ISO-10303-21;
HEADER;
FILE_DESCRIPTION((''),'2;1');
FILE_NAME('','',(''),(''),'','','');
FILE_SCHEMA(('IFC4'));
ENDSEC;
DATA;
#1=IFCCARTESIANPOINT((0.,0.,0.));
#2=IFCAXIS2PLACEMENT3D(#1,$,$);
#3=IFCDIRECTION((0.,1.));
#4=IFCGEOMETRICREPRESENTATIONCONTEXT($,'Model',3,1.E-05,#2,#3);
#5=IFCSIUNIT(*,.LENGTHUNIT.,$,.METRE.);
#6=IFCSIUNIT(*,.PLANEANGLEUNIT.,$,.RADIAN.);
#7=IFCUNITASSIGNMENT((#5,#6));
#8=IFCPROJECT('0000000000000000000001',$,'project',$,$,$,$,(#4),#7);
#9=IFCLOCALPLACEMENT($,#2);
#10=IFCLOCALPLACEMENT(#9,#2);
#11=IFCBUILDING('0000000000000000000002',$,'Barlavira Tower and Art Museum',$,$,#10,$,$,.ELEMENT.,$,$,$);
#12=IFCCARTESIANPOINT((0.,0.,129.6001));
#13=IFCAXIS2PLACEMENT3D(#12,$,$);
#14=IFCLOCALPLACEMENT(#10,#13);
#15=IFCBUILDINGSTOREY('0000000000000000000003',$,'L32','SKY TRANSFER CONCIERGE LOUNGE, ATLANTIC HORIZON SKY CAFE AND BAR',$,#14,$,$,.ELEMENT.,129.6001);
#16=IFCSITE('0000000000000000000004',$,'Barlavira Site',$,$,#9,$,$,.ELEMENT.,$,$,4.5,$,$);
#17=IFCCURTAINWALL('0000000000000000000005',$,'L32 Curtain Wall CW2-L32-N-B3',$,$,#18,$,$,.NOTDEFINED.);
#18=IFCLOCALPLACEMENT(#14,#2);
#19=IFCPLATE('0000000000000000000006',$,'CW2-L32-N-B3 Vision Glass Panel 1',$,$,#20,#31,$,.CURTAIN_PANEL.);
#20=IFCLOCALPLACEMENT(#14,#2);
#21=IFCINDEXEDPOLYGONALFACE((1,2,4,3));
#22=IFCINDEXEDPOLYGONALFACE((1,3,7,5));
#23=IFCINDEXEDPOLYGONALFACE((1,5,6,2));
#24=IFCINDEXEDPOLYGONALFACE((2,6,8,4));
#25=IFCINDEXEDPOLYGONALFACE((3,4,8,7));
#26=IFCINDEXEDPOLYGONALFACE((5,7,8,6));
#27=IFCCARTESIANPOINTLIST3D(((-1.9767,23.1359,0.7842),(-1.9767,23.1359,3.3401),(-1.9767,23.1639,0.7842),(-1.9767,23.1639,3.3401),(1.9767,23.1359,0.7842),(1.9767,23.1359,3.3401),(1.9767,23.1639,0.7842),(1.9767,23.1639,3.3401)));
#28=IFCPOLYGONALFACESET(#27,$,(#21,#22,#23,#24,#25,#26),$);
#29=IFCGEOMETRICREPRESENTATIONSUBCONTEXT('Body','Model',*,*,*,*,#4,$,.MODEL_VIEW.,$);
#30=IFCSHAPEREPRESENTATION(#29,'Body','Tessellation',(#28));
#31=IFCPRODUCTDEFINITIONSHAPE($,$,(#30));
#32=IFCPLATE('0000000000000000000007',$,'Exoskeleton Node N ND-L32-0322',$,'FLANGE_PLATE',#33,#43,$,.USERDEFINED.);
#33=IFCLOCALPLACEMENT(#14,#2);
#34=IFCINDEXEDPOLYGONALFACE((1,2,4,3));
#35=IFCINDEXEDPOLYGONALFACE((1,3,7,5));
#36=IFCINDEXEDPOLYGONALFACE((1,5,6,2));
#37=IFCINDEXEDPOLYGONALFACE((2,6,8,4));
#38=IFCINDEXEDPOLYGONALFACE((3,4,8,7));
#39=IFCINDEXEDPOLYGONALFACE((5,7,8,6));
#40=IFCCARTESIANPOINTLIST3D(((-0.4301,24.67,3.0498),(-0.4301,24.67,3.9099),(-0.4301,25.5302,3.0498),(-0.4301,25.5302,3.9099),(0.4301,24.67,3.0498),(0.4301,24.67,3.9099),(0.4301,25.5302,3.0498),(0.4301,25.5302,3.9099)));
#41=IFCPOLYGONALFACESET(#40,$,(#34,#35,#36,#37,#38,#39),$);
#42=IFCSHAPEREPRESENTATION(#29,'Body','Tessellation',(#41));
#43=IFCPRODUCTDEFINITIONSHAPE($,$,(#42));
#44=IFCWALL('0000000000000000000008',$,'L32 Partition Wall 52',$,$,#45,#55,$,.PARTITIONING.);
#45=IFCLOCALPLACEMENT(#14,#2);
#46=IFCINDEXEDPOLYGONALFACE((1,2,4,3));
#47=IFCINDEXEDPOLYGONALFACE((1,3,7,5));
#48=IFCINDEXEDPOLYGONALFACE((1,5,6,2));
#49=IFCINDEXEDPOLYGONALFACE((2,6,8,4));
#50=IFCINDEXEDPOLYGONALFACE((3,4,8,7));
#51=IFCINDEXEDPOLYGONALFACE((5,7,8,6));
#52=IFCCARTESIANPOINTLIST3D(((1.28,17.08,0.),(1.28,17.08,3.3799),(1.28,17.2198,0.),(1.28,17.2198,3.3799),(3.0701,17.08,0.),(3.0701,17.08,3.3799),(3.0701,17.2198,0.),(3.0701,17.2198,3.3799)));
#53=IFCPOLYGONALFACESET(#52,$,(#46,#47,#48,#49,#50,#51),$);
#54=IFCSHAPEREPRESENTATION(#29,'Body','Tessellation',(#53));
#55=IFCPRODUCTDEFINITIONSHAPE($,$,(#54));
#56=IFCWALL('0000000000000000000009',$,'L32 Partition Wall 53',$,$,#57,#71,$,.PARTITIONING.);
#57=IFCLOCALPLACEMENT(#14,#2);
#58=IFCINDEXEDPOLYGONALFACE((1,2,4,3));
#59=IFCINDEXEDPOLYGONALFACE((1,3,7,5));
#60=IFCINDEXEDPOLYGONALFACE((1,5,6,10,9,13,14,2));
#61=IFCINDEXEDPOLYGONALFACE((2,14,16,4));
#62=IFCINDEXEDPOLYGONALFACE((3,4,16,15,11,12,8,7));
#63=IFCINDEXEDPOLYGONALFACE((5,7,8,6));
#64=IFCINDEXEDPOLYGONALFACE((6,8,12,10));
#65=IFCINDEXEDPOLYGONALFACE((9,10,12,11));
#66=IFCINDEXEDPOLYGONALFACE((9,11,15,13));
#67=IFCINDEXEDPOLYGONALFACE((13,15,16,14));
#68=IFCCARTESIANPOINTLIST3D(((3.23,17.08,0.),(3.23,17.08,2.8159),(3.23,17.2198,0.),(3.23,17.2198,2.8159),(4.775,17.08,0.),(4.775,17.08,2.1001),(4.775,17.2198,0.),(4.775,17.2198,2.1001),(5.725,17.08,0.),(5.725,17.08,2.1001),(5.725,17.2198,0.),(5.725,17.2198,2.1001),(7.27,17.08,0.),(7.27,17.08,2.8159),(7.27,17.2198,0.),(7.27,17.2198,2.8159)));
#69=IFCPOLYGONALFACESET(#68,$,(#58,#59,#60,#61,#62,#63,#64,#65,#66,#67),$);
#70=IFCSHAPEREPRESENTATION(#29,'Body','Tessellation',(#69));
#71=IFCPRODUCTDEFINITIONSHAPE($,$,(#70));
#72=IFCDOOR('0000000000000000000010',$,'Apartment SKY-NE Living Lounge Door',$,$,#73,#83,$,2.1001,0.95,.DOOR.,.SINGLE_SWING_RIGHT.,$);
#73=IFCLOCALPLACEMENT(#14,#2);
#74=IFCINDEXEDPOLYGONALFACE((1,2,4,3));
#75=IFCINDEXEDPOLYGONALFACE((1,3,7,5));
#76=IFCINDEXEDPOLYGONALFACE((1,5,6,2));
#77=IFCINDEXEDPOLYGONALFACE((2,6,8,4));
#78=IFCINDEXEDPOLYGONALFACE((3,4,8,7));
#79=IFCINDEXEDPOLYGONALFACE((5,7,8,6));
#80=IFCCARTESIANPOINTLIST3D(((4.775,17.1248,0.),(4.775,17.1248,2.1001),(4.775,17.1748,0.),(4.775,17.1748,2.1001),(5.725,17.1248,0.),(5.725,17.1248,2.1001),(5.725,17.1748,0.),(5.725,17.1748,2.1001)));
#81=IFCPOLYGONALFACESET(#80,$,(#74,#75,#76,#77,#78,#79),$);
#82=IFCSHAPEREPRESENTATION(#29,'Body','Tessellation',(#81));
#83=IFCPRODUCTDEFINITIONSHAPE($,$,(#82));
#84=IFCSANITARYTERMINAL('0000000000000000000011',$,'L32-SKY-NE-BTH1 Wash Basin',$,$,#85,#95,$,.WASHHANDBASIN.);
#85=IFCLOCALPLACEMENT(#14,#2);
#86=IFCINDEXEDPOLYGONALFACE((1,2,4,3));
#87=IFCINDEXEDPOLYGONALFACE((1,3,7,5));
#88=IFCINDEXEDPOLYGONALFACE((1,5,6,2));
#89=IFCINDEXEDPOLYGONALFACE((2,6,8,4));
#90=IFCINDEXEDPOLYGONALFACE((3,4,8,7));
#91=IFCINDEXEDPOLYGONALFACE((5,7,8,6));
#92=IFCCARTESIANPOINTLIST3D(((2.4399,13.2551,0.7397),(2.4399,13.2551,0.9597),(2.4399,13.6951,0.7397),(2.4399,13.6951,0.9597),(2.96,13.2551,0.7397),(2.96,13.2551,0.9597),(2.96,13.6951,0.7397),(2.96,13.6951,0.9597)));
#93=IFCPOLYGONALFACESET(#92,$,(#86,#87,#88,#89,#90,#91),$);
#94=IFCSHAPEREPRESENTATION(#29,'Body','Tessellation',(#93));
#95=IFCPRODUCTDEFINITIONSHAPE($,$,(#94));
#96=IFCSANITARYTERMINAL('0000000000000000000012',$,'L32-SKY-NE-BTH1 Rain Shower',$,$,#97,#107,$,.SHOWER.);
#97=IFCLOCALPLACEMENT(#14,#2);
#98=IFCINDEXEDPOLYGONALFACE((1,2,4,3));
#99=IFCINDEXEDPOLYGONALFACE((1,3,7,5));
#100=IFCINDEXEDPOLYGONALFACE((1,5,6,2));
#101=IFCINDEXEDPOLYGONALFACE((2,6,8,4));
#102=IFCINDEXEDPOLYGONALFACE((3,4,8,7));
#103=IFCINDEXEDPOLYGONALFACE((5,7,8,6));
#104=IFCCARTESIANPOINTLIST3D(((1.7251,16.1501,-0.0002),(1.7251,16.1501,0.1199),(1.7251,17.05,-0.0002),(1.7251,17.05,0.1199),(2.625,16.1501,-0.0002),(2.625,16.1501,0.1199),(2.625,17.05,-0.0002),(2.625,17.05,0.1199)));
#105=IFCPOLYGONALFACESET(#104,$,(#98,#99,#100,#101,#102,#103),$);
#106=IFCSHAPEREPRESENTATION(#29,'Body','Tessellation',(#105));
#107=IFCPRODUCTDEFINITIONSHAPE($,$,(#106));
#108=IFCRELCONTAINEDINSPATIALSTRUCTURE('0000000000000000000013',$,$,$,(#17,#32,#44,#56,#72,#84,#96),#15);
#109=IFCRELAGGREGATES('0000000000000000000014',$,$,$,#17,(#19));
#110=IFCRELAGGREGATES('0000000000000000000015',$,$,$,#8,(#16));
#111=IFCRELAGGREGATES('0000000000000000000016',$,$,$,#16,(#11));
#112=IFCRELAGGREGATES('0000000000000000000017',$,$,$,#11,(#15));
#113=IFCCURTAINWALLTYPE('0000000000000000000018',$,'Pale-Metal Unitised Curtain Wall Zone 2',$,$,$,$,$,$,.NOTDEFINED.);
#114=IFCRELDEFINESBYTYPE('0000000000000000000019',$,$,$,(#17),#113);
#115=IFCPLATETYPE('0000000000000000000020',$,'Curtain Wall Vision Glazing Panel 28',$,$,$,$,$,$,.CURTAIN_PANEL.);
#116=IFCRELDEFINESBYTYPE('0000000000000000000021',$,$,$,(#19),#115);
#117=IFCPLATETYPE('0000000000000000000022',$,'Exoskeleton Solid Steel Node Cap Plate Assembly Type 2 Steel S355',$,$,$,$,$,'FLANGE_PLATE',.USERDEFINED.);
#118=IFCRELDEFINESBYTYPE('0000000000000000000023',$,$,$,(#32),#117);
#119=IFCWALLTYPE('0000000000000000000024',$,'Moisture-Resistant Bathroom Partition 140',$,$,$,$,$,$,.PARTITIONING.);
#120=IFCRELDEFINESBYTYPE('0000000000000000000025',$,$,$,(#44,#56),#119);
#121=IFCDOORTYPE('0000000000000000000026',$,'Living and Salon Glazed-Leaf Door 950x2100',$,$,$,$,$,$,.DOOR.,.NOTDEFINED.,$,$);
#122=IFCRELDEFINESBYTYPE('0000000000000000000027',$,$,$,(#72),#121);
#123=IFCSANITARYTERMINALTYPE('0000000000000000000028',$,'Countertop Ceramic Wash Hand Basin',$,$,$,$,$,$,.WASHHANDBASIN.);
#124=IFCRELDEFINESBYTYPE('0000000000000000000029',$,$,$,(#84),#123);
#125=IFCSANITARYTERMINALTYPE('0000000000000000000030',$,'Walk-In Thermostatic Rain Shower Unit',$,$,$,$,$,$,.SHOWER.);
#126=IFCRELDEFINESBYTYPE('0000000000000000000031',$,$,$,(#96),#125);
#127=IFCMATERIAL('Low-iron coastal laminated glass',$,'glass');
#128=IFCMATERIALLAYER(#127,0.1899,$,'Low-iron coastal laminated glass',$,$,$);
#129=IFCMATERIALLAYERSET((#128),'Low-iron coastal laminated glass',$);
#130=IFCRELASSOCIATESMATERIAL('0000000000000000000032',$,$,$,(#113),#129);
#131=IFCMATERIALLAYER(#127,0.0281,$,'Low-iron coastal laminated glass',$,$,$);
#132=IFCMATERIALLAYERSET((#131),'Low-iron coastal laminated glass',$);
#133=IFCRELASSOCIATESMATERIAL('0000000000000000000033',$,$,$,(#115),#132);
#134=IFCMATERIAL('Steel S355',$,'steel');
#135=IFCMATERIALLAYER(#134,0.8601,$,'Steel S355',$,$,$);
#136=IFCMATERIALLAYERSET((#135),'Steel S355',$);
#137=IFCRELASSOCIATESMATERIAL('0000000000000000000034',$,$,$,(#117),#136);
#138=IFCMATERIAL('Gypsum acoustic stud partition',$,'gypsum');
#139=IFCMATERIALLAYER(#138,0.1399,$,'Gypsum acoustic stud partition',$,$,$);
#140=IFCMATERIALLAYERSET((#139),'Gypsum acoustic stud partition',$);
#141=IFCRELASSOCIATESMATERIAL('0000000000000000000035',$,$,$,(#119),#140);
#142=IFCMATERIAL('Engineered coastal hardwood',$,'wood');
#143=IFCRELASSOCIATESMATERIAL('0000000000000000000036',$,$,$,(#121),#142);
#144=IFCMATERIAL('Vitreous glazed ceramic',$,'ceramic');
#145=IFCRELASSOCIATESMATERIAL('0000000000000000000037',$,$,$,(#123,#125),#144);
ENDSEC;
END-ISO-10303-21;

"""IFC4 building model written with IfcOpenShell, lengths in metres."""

from ifc_helpers import new_model, si_unit, direction, frame, frame_2d, origin, origin_2d, place, context, subcontext, project, spatial, rectangle, extrude, material, layer, layer_set, type_object, element, fill, aggregate, save


model = new_model("IFC4")

# Units and contexts
model_context = context("Model", 3, precision=1e-05, world=origin(), true_north=direction((0.0, 1.0)))
body_context = subcontext(model_context, "Body", "Model", "MODEL_VIEW")
ifc_project = project(units=[si_unit("LENGTHUNIT", "METRE"), si_unit("PLANEANGLEUNIT", "RADIAN")], contexts=[model_context])

# Site, building, storey
site_placement = place(None, origin())
site = spatial("IfcSite", under=ifc_project, at=site_placement, Name="Barlavira Site", CompositionType="ELEMENT", RefElevation=4.5)
building_placement = place(site_placement, origin())
building = spatial("IfcBuilding", under=site, at=building_placement, Name="Barlavira Tower and Art Museum", CompositionType="ELEMENT")
storey_placement = place(building_placement, frame((0.0, 0.0, 129.6001)))
storey = spatial("IfcBuildingStorey", under=building, at=storey_placement, Name="L32", Description="SKY TRANSFER CONCIERGE LOUNGE, ATLANTIC HORIZON SKY CAFE AND BAR", CompositionType="ELEMENT", Elevation=129.6001)

# Curtain wall
ifc_material_1 = material(Name="Low-iron coastal laminated glass", Category="glass")
ifc_layer_1 = layer(ifc_material_1, 0.1899, Name="Low-iron coastal laminated glass")
ifc_layer_set_1 = layer_set([ifc_layer_1], Name="Low-iron coastal laminated glass")
curtain_wall_type = type_object("IfcCurtainWallType", Name="Pale-Metal Unitised Curtain Wall Zone 2", PredefinedType="NOTDEFINED", material=ifc_layer_set_1)
curtain_wall_placement = place(storey_placement, origin())
curtain_wall = element("IfcCurtainWall", 1, at=curtain_wall_placement, inside=storey, type_object=curtain_wall_type, Name="L32 Curtain Wall CW2-L32-N-B3", PredefinedType="NOTDEFINED")

# Shared definitions
ifc_material_2 = material(Name="Steel S355", Category="steel")

# Plates
ifc_layer_2 = layer(ifc_material_1, 0.0281, Name="Low-iron coastal laminated glass")
ifc_layer_set_2 = layer_set([ifc_layer_2], Name="Low-iron coastal laminated glass")
plate_type_1 = type_object("IfcPlateType", Name="Curtain Wall Vision Glazing Panel 28", PredefinedType="CURTAIN_PANEL", material=ifc_layer_set_2)
plate_1_placement = place(storey_placement, frame((0.0, 23.1499, 0.7842), z_axis=(0.0, 0.0, 1.0), x_axis=(-1.0, 0.0, 0.0)))
plate_1 = element("IfcPlate", 2, at=plate_1_placement, type_object=plate_type_1, Name="CW2-L32-N-B3 Vision Glass Panel 1", PredefinedType="CURTAIN_PANEL", context=body_context, shape_type="SweptSolid", body=[
    extrude(rectangle(XDim=3.9534, YDim=0.0281, at=origin_2d()), origin(), (0.0, 0.0, 1.0), 2.5559),
])
aggregate(curtain_wall, [plate_1])
ifc_layer_3 = layer(ifc_material_2, 0.8601, Name="Steel S355")
ifc_layer_set_3 = layer_set([ifc_layer_3], Name="Steel S355")
plate_type_2 = type_object("IfcPlateType", Name="Exoskeleton Solid Steel Node Cap Plate Assembly Type 2 Steel S355", ElementType="FLANGE_PLATE", PredefinedType="USERDEFINED", material=ifc_layer_set_3)
plate_2_placement = place(storey_placement, frame((0.0, 25.1001, 3.0498), z_axis=(0.0, 0.0, 1.0), x_axis=(1.0, 0.0, 0.0)))
element("IfcPlate", 3, at=plate_2_placement, inside=storey, type_object=plate_type_2, Name="Exoskeleton Node N ND-L32-0322", ObjectType="FLANGE_PLATE", PredefinedType="USERDEFINED", context=body_context, shape_type="SweptSolid", body=[
    extrude(rectangle(XDim=0.8601, YDim=0.8601, at=origin_2d()), origin(), (0.0, 0.0, 1.0), 0.8601),
])

# Wall
ifc_material_3 = material(Name="Gypsum acoustic stud partition", Category="gypsum")
ifc_layer_4 = layer(ifc_material_3, 0.1399, Name="Gypsum acoustic stud partition")
ifc_layer_set_4 = layer_set([ifc_layer_4], Name="Gypsum acoustic stud partition")
wall_type = type_object("IfcWallType", Name="Moisture-Resistant Bathroom Partition 140", PredefinedType="PARTITIONING", material=ifc_layer_set_4)
wall_1_placement = place(storey_placement, frame((1.28, 17.1499, 0.0), z_axis=(0.0, 0.0, 1.0), x_axis=(1.0, 0.0, 0.0)))
element("IfcWall", 4, at=wall_1_placement, inside=storey, type_object=wall_type, Name="L32 Partition Wall 52", PredefinedType="PARTITIONING", context=body_context, shape_type="SweptSolid", body=[
    extrude(rectangle(XDim=1.79, YDim=0.1399, at=frame_2d((0.895, 0.0))), origin(), (0.0, 0.0, 1.0), 3.3799),
])

# Wall, opening, door
wall_2_placement = place(storey_placement, frame((3.23, 17.1499, 0.0), z_axis=(0.0, 0.0, 1.0), x_axis=(1.0, 0.0, 0.0)))
wall_2 = element("IfcWall", 5, at=wall_2_placement, inside=storey, type_object=wall_type, Name="L32 Partition Wall 53", PredefinedType="PARTITIONING", context=body_context, shape_type="SweptSolid", body=[
    extrude(rectangle(XDim=4.04, YDim=0.1399, at=frame_2d((2.02, 0.0))), origin(), (0.0, 0.0, 1.0), 2.8159),
])
opening_placement = place(wall_2_placement, frame((1.5449, 0.0, 0.0)))
opening = element("IfcOpeningElement", 6, at=opening_placement, cuts=wall_2, PredefinedType="OPENING", context=body_context, shape_type="SweptSolid", body=[
    extrude(rectangle(XDim=0.95, YDim=2.1001, at=frame_2d((0.4751, 1.05))), frame((0.0, 0.0801, 0.0), z_axis=(0.0, -1.0, 0.0), x_axis=(1.0, 0.0, 0.0)), (0.0, 0.0, 1.0), 0.1599),
])
ifc_material_4 = material(Name="Engineered coastal hardwood", Category="wood")
door_type = type_object("IfcDoorType", Name="Living and Salon Glazed-Leaf Door 950x2100", OperationType="NOTDEFINED", PredefinedType="DOOR", material=ifc_material_4)
door_placement = place(opening_placement, origin())
door = element("IfcDoor", 7, at=door_placement, inside=storey, type_object=door_type, Name="Apartment SKY-NE Living Lounge Door", OperationType="SINGLE_SWING_RIGHT", OverallHeight=2.1001, OverallWidth=0.95, PredefinedType="DOOR", context=body_context, shape_type="SweptSolid", body=[
    extrude(rectangle(XDim=0.95, YDim=2.1001, at=frame_2d((0.4751, 1.05))), frame((0.0, 0.0249, 0.0), z_axis=(0.0, -1.0, 0.0), x_axis=(1.0, 0.0, 0.0)), (0.0, 0.0, 1.0), 0.05),
])
fill(opening, door)

# Sanitary terminals
ifc_material_5 = material(Name="Vitreous glazed ceramic", Category="ceramic")
sanitary_terminal_type_1 = type_object("IfcSanitaryTerminalType", Name="Countertop Ceramic Wash Hand Basin", PredefinedType="WASHHANDBASIN", material=ifc_material_5)
sanitary_terminal_1_placement = place(storey_placement, frame((2.7, 13.4751, 0.7397), z_axis=(0.0, 0.0, 1.0), x_axis=(1.0, 0.0, 0.0)))
element("IfcSanitaryTerminal", 8, at=sanitary_terminal_1_placement, inside=storey, type_object=sanitary_terminal_type_1, Name="L32-SKY-NE-BTH1 Wash Basin", PredefinedType="WASHHANDBASIN", context=body_context, shape_type="SweptSolid", body=[
    extrude(rectangle(XDim=0.52, YDim=0.4399, at=origin_2d()), origin(), (0.0, 0.0, 1.0), 0.22),
])
sanitary_terminal_type_2 = type_object("IfcSanitaryTerminalType", Name="Walk-In Thermostatic Rain Shower Unit", PredefinedType="SHOWER", material=ifc_material_5)
sanitary_terminal_2_placement = place(storey_placement, frame((2.175, 16.6001, -0.0002), z_axis=(0.0, 0.0, 1.0), x_axis=(1.0, 0.0, 0.0)))
element("IfcSanitaryTerminal", 9, at=sanitary_terminal_2_placement, inside=storey, type_object=sanitary_terminal_type_2, Name="L32-SKY-NE-BTH1 Rain Shower", PredefinedType="SHOWER", context=body_context, shape_type="SweptSolid", body=[
    extrude(rectangle(XDim=0.8999, YDim=0.8999, at=origin_2d()), origin(), (0.0, 0.0, 1.0), 0.1201),
])

save(model, "model.ifc")
